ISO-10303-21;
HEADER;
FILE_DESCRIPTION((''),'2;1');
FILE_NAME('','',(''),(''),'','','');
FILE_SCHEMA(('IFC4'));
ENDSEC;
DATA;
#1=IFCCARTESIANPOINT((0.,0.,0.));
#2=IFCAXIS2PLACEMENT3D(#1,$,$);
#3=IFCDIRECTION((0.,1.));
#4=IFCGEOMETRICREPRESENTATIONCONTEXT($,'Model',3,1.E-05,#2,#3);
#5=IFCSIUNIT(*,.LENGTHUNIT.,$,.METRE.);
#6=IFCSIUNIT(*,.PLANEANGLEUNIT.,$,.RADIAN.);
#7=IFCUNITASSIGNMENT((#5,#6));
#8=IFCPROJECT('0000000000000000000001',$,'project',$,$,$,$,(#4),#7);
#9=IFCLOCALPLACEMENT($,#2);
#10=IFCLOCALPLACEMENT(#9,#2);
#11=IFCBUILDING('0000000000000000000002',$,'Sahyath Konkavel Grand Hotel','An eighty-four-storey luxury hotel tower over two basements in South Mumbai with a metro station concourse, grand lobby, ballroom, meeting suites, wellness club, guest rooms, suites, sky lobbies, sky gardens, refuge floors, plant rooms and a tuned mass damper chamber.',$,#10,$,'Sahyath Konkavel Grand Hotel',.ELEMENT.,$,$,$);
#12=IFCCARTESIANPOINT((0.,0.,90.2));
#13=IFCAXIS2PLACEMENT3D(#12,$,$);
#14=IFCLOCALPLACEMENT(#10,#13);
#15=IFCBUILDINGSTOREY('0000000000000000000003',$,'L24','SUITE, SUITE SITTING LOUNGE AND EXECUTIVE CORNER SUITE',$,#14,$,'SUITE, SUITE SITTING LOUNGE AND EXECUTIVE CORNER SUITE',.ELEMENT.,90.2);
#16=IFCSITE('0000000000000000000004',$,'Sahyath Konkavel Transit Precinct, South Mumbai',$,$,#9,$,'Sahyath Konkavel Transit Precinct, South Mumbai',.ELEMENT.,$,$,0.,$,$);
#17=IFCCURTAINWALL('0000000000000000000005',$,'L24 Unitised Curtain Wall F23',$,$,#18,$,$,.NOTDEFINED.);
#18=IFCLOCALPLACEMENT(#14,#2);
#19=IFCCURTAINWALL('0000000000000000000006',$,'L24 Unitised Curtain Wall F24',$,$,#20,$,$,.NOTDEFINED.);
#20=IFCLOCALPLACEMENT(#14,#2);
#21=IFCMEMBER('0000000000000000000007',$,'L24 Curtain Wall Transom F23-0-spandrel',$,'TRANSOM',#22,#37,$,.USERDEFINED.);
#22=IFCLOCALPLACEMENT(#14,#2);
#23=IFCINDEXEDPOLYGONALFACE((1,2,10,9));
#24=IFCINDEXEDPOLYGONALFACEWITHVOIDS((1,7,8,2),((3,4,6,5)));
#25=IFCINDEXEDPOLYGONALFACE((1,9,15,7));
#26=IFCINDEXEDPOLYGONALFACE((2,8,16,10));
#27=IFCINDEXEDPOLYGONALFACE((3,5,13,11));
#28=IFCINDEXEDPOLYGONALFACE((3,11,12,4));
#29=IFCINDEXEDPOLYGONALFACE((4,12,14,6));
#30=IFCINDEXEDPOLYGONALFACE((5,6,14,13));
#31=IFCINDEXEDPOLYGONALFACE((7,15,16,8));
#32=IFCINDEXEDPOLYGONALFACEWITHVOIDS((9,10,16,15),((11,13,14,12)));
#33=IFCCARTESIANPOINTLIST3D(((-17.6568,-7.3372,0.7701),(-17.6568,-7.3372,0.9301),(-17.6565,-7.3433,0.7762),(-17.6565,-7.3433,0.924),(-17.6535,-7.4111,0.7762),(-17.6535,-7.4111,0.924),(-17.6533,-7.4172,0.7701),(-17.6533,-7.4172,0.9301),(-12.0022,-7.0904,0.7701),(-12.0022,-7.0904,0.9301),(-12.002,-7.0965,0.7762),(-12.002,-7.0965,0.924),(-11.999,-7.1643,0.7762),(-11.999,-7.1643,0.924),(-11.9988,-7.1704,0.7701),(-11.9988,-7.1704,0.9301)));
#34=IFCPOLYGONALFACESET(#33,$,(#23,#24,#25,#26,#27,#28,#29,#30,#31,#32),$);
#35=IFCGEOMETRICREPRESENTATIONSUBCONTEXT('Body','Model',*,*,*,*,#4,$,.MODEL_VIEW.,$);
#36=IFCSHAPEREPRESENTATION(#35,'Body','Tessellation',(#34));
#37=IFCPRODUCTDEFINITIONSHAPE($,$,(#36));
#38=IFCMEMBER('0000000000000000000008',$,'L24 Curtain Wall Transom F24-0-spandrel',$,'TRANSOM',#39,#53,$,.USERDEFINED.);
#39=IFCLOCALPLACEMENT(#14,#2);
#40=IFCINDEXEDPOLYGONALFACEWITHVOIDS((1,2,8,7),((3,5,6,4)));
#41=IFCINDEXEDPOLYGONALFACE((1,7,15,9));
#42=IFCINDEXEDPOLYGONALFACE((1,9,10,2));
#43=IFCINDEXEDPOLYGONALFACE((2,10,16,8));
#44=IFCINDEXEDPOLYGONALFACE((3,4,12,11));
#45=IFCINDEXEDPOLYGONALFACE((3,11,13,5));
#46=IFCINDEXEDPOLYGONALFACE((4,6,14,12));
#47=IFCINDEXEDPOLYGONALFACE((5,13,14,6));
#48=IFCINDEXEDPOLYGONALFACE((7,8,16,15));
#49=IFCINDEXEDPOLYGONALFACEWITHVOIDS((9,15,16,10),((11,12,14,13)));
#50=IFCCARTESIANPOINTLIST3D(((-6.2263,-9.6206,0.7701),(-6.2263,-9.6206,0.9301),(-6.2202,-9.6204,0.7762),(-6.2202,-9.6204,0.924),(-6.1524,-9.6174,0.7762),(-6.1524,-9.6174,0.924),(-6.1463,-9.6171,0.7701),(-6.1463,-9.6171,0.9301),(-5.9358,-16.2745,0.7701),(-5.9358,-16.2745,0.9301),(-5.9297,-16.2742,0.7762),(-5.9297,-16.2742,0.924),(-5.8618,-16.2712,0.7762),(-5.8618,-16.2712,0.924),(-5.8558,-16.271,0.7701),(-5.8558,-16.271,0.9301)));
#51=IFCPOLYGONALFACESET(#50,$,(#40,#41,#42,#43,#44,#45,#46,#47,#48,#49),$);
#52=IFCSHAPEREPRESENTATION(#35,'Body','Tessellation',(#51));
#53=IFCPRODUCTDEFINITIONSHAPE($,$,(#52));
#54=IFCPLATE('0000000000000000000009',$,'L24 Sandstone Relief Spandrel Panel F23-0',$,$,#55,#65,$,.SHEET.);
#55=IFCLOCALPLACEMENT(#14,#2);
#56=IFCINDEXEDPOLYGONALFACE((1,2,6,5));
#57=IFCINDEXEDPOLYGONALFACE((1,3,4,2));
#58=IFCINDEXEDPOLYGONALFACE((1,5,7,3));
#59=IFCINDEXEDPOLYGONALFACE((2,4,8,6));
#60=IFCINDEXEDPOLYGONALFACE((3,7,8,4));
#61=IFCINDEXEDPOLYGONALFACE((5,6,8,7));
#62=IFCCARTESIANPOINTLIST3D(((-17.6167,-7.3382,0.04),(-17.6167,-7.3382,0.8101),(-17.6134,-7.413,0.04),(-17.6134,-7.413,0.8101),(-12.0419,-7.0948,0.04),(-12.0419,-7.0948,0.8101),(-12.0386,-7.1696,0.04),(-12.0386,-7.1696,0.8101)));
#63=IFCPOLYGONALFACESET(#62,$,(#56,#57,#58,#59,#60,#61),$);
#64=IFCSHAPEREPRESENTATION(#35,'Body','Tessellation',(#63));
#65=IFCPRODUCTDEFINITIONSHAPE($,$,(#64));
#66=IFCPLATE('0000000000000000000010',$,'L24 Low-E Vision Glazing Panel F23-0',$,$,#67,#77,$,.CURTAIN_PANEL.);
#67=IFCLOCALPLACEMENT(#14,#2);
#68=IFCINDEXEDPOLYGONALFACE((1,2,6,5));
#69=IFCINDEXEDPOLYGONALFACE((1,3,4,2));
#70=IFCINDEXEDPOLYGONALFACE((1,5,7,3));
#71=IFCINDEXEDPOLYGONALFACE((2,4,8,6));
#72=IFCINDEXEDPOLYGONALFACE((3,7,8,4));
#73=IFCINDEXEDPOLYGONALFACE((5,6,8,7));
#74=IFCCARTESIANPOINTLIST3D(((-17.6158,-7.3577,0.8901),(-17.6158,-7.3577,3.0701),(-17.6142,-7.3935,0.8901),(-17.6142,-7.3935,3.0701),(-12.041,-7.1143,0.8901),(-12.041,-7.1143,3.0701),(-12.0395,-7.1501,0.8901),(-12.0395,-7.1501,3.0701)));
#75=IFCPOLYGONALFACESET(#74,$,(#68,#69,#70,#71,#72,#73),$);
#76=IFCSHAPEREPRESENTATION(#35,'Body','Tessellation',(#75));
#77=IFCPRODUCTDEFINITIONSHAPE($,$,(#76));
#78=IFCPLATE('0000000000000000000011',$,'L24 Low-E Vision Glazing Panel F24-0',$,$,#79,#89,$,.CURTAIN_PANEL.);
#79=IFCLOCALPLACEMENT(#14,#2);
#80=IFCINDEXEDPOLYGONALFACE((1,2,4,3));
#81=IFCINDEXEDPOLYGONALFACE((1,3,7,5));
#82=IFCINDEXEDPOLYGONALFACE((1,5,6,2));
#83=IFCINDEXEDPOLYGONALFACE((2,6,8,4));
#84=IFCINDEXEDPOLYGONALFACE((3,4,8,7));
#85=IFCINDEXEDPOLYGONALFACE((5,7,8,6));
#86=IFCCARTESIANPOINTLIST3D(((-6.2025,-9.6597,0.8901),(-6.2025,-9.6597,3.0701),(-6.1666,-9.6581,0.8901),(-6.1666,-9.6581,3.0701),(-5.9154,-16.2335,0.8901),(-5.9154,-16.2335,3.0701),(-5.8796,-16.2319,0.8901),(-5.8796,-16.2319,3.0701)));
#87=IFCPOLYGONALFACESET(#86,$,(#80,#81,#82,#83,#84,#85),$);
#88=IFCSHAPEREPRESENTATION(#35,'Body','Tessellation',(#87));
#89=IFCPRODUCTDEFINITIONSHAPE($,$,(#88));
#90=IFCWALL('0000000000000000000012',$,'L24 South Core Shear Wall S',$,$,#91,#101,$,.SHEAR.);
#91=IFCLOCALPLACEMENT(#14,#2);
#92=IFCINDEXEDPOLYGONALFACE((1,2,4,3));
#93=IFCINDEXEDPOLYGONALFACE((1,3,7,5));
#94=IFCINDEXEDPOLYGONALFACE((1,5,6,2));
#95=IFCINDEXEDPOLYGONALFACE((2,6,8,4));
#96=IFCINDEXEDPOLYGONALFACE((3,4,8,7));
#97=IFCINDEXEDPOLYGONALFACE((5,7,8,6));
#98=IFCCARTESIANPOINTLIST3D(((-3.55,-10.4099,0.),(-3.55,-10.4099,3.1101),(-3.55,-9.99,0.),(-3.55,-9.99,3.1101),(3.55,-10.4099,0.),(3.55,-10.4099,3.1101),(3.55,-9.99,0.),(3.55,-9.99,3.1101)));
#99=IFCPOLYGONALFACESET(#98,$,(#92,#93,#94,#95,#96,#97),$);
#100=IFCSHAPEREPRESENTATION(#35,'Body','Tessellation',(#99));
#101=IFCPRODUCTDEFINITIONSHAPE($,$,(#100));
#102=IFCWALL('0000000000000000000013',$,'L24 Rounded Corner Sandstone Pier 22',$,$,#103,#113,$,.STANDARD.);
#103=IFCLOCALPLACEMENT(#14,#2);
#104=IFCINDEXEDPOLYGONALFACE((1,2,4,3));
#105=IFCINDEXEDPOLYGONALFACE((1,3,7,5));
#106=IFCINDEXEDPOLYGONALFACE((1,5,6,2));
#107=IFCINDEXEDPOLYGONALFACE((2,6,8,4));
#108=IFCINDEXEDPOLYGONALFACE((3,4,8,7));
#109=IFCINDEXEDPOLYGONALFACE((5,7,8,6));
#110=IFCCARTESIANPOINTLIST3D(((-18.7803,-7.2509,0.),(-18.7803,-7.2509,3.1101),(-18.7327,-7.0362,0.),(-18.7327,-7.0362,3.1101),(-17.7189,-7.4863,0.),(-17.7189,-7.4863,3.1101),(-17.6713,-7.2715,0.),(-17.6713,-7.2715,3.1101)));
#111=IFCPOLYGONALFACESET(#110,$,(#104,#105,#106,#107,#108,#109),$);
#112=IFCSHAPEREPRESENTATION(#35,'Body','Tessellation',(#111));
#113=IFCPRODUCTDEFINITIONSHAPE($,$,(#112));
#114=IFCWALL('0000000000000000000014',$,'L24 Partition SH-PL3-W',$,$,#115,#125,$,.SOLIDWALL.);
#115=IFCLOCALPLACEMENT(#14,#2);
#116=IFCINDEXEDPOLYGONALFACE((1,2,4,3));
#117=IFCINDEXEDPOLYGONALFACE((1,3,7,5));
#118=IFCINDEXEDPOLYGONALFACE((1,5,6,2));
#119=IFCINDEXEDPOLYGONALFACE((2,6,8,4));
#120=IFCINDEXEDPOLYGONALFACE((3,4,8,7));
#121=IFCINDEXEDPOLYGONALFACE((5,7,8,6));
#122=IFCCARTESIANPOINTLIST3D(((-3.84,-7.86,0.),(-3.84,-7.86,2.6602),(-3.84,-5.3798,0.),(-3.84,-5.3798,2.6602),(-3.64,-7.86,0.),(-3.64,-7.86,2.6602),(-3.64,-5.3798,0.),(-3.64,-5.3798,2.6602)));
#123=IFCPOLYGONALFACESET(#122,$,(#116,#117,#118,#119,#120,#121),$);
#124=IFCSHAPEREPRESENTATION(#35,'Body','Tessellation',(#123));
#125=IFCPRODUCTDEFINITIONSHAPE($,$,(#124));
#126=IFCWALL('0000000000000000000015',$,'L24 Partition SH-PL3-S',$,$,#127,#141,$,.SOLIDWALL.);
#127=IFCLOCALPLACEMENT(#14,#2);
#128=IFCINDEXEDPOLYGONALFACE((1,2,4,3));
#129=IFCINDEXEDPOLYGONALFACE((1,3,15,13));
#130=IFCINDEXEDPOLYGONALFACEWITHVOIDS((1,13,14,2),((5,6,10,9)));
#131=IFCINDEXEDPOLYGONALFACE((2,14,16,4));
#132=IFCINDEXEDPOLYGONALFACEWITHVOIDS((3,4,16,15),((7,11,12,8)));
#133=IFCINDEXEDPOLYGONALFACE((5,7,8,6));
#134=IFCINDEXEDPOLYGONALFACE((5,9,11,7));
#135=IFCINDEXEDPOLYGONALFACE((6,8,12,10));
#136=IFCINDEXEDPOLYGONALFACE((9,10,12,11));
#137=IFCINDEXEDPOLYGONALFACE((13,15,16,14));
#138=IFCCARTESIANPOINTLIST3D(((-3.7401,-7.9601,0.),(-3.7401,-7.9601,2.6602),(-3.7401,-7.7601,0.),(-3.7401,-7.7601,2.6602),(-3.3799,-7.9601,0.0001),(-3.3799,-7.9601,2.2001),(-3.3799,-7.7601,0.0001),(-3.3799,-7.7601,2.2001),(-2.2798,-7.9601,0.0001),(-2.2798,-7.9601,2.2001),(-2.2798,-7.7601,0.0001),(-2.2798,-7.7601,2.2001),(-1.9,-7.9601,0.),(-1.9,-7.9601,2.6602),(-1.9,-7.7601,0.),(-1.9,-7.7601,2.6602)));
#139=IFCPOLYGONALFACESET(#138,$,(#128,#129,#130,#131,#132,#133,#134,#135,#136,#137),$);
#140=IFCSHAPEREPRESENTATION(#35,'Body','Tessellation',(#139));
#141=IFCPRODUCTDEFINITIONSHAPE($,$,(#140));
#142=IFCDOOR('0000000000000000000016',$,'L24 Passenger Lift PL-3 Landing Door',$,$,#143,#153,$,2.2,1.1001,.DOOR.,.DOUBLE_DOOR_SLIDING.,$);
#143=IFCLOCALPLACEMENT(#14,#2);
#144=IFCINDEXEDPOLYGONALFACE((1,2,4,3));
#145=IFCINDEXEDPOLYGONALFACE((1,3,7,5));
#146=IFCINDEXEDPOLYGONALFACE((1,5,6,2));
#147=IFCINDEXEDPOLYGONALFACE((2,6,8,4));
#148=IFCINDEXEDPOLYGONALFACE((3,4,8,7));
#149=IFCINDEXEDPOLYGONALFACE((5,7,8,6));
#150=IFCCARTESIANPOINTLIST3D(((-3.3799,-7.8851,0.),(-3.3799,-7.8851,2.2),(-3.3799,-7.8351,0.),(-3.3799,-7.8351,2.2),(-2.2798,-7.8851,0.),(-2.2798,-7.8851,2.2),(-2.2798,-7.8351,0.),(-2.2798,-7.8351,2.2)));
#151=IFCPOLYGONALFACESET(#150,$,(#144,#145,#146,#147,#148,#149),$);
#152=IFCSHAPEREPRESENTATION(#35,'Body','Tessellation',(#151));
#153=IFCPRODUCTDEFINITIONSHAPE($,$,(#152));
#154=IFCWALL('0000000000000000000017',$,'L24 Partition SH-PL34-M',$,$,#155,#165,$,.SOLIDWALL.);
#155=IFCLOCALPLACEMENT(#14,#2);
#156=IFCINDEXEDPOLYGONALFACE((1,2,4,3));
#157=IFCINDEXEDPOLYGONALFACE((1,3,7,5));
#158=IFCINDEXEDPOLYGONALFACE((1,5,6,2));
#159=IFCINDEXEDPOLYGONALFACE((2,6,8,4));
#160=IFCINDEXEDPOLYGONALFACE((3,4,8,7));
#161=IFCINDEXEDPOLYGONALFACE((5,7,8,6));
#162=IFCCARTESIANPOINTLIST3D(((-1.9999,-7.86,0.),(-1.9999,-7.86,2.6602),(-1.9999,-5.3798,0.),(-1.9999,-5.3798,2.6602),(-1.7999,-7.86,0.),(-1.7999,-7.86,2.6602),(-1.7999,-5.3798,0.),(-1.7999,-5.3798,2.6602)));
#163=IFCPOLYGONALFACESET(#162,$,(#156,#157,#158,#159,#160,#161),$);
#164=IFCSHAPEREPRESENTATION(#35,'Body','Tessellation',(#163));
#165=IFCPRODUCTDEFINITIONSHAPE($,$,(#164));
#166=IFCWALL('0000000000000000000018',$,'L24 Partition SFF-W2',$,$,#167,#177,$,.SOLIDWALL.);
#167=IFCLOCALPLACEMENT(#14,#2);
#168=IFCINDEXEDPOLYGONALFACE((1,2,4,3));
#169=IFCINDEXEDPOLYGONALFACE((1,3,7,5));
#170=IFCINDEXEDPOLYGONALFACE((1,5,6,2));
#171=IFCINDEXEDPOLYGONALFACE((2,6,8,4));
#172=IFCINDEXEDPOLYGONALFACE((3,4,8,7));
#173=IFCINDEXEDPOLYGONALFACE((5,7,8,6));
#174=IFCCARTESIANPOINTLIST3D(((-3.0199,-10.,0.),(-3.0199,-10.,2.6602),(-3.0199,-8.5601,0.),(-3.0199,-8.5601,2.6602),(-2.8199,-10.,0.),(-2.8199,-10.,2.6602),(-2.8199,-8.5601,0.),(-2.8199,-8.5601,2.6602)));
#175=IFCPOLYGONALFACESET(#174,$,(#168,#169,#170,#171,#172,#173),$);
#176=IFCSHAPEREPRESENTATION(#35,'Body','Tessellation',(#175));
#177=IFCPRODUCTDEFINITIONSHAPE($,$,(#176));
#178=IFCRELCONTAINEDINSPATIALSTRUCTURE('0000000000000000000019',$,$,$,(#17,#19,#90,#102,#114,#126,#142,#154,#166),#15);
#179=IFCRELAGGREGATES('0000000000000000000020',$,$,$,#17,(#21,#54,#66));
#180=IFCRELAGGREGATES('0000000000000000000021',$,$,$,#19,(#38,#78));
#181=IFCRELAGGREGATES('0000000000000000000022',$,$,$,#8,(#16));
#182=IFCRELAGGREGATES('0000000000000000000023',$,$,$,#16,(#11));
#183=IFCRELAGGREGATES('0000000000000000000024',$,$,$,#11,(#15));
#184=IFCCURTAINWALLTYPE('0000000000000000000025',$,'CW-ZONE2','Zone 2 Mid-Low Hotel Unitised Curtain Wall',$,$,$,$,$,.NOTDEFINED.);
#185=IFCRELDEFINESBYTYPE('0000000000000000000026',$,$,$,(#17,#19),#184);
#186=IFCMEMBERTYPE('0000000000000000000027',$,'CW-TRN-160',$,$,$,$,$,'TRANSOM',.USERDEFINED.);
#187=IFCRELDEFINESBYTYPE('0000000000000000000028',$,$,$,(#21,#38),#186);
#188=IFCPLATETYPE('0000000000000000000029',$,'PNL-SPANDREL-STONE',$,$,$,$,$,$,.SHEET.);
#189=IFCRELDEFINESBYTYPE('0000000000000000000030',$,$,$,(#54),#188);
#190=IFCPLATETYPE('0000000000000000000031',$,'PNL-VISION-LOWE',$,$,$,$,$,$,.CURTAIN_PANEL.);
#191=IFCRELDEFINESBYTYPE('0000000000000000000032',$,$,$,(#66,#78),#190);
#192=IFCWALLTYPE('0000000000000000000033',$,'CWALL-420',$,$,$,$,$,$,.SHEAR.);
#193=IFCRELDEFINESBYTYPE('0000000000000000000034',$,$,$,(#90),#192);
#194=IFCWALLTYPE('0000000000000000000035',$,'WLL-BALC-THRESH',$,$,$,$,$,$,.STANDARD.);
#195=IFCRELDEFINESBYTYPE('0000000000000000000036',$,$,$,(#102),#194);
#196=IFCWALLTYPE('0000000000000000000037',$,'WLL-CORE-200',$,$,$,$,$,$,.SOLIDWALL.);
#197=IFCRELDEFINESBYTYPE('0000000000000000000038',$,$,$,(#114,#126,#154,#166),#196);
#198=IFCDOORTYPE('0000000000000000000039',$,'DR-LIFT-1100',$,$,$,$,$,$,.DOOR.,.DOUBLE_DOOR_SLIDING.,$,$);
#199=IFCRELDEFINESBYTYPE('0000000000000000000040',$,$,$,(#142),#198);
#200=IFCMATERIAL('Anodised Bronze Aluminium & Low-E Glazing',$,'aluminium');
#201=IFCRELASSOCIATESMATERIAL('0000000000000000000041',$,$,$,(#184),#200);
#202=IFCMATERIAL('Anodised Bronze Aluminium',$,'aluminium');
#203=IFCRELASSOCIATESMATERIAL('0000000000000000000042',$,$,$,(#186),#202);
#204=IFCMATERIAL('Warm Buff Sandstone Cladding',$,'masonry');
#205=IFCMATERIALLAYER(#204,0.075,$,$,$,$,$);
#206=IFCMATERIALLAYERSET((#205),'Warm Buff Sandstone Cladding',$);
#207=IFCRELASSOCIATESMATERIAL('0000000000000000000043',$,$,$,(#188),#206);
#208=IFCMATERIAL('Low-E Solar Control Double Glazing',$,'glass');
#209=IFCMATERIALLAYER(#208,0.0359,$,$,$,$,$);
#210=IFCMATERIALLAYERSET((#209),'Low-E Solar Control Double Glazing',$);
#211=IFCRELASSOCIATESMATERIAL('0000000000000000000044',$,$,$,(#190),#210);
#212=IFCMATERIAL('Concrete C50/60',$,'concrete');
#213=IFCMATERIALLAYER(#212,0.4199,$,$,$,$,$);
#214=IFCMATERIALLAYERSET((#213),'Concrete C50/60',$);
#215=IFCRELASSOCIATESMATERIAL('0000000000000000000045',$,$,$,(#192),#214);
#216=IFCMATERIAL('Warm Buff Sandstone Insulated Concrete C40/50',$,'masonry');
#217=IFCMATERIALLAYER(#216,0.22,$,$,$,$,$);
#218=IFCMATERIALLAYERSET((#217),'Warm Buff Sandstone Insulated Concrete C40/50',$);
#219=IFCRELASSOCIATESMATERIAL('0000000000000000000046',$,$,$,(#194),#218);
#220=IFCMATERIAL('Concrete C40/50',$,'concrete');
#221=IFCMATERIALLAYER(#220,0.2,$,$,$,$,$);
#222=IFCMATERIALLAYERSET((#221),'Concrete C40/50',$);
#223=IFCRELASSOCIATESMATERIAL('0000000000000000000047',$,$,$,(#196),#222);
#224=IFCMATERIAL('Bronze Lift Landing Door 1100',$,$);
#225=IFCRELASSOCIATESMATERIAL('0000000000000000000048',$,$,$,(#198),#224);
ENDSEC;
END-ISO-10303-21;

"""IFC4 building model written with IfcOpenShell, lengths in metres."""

from ifc_helpers import new_model, si_unit, direction, frame, frame_2d, origin, origin_2d, place, context, subcontext, project, spatial, rectangle, hollow_rectangle, extrude, source, transform, mapped, material, layer, layer_set, material_profile, profile_set, type_object, element, fill, aggregate, save


model = new_model("IFC4")

# Units and contexts
model_context = context("Model", 3, precision=1e-05, world=origin(), true_north=direction((0.0, 1.0)))
body_context = subcontext(model_context, "Body", "Model", "MODEL_VIEW")
ifc_project = project(units=[si_unit("LENGTHUNIT", "METRE"), si_unit("PLANEANGLEUNIT", "RADIAN")], contexts=[model_context])

# Site, building, storey
site_placement = place(None, origin())
site = spatial("IfcSite", under=ifc_project, at=site_placement, Name="Sahyath Konkavel Transit Precinct, South Mumbai", LongName="Sahyath Konkavel Transit Precinct, South Mumbai", CompositionType="ELEMENT", RefElevation=0.0)
building_placement = place(site_placement, origin())
building = spatial("IfcBuilding", under=site, at=building_placement, Name="Sahyath Konkavel Grand Hotel", Description="An eighty-four-storey luxury hotel tower over two basements in South Mumbai with a metro station concourse, grand lobby, ballroom, meeting suites, wellness club, guest rooms, suites, sky lobbies, sky gardens, refuge floors, plant rooms and a tuned mass damper chamber.", LongName="Sahyath Konkavel Grand Hotel", CompositionType="ELEMENT")
storey_placement = place(building_placement, frame((0.0, 0.0, 90.2)))
storey = spatial("IfcBuildingStorey", under=building, at=storey_placement, Name="L24", Description="SUITE, SUITE SITTING LOUNGE AND EXECUTIVE CORNER SUITE", LongName="SUITE, SUITE SITTING LOUNGE AND EXECUTIVE CORNER SUITE", CompositionType="ELEMENT", Elevation=90.2)

# Curtain wall
ifc_material_1 = material(Name="Anodised Bronze Aluminium & Low-E Glazing", Category="aluminium")
curtain_wall_type = type_object("IfcCurtainWallType", Name="CW-ZONE2", Description="Zone 2 Mid-Low Hotel Unitised Curtain Wall", PredefinedType="NOTDEFINED", material=ifc_material_1)
curtain_wall_1_placement = place(storey_placement, origin())
curtain_wall_1 = element("IfcCurtainWall", 1, at=curtain_wall_1_placement, inside=storey, type_object=curtain_wall_type, Name="L24 Unitised Curtain Wall F23", PredefinedType="NOTDEFINED")
ifc_material_2 = material(Name="Anodised Bronze Aluminium", Category="aluminium")

# Curtain wall
curtain_wall_2_placement = place(storey_placement, origin())
curtain_wall_2 = element("IfcCurtainWall", 2, at=curtain_wall_2_placement, inside=storey, type_object=curtain_wall_type, Name="L24 Unitised Curtain Wall F24", PredefinedType="NOTDEFINED")

# Members
ifc_material_profile_1 = material_profile(ifc_material_2, hollow_rectangle(XDim=0.0801, YDim=0.1599, WallThickness=0.0061, at=origin_2d()), Name="RHS 160x80x6")
ifc_profile_set_1 = profile_set([ifc_material_profile_1], Name="Anodised Bronze Aluminium")
member_type_1 = type_object("IfcMemberType", Name="CW-TRN-160", ElementType="TRANSOM", PredefinedType="USERDEFINED", material=ifc_profile_set_1)
shared_shape_1 = source(origin(), body_context, "Body", "SweptSolid", [
    extrude(hollow_rectangle(XDim=0.0801, YDim=0.1599, WallThickness=0.0061, at=origin_2d()), origin(), (0.0, 0.0, 1.0), 5.6599),
])
member_1_placement = place(storey_placement, frame((-17.655, -7.3772, 0.8501), z_axis=(0.999049, 0.043609, 0.0), x_axis=(-0.043609, 0.999049, 0.0)))
member_1 = element("IfcMember", 3, at=member_1_placement, type_object=member_type_1, Name="L24 Curtain Wall Transom F23-0-spandrel", ObjectType="TRANSOM", PredefinedType="USERDEFINED", context=body_context, shape_type="MappedRepresentation", body=[
    mapped(shared_shape_1, transform((0.0, 0.0, 0.0), scale=1.0)),
])
shared_shape_2 = source(origin(), body_context, "Body", "SweptSolid", [
    extrude(hollow_rectangle(XDim=0.0801, YDim=0.1599, WallThickness=0.0061, at=origin_2d()), origin(), (0.0, 0.0, 1.0), 6.6602),
])
member_2_placement = place(storey_placement, frame((-6.1863, -9.6189, 0.8501), z_axis=(0.043622, -0.999048, 0.0), x_axis=(0.999048, 0.043622, 0.0)))
member_2 = element("IfcMember", 4, at=member_2_placement, type_object=member_type_1, Name="L24 Curtain Wall Transom F24-0-spandrel", ObjectType="TRANSOM", PredefinedType="USERDEFINED", context=body_context, shape_type="MappedRepresentation", body=[
    mapped(shared_shape_2, transform((0.0, 0.0, 0.0), scale=1.0)),
])

# Plates
ifc_material_3 = material(Name="Warm Buff Sandstone Cladding", Category="masonry")
ifc_layer_1 = layer(ifc_material_3, 0.075)
ifc_layer_set_1 = layer_set([ifc_layer_1], Name="Warm Buff Sandstone Cladding")
plate_type_1 = type_object("IfcPlateType", Name="PNL-SPANDREL-STONE", PredefinedType="SHEET", material=ifc_layer_set_1)
shared_shape_3 = source(origin(), body_context, "Body", "SweptSolid", [
    extrude(rectangle(XDim=5.5801, YDim=0.075, at=origin_2d()), origin(), (0.0, 0.0, 1.0), 0.77),
])
plate_1_placement = place(storey_placement, frame((-14.8276, -7.2539, 0.04), z_axis=(0.0, 0.0, 1.0), x_axis=(0.999048, 0.043619, 0.0)))
plate_1 = element("IfcPlate", 5, at=plate_1_placement, type_object=plate_type_1, Name="L24 Sandstone Relief Spandrel Panel F23-0", PredefinedType="SHEET", context=body_context, shape_type="MappedRepresentation", body=[
    mapped(shared_shape_3, transform((0.0, 0.0, 0.0), scale=1.0)),
])
ifc_material_4 = material(Name="Low-E Solar Control Double Glazing", Category="glass")
ifc_layer_2 = layer(ifc_material_4, 0.0359)
ifc_layer_set_2 = layer_set([ifc_layer_2], Name="Low-E Solar Control Double Glazing")
plate_type_2 = type_object("IfcPlateType", Name="PNL-VISION-LOWE", PredefinedType="CURTAIN_PANEL", material=ifc_layer_set_2)
shared_shape_4 = source(origin(), body_context, "Body", "SweptSolid", [
    extrude(rectangle(XDim=5.5801, YDim=0.0359, at=origin_2d()), origin(), (0.0, 0.0, 1.0), 2.1799),
])
plate_2_placement = place(storey_placement, frame((-14.8276, -7.2539, 0.8901), z_axis=(0.0, 0.0, 1.0), x_axis=(0.999048, 0.043619, 0.0)))
plate_2 = element("IfcPlate", 6, at=plate_2_placement, type_object=plate_type_2, Name="L24 Low-E Vision Glazing Panel F23-0", PredefinedType="CURTAIN_PANEL", context=body_context, shape_type="MappedRepresentation", body=[
    mapped(shared_shape_4, transform((0.0, 0.0, 0.0), scale=1.0)),
])
aggregate(curtain_wall_1, [member_1, plate_1, plate_2])
shared_shape_5 = source(origin(), body_context, "Body", "SweptSolid", [
    extrude(rectangle(XDim=6.5801, YDim=0.0359, at=origin_2d()), origin(), (0.0, 0.0, 1.0), 2.1799),
])
plate_3_placement = place(storey_placement, frame((-6.041, -12.9458, 0.8901), z_axis=(0.0, 0.0, 1.0), x_axis=(0.043619, -0.999048, 0.0)))
plate_3 = element("IfcPlate", 7, at=plate_3_placement, type_object=plate_type_2, Name="L24 Low-E Vision Glazing Panel F24-0", PredefinedType="CURTAIN_PANEL", context=body_context, shape_type="MappedRepresentation", body=[
    mapped(shared_shape_5, transform((0.0, 0.0, 0.0), scale=1.0)),
])
aggregate(curtain_wall_2, [member_2, plate_3])

# Walls
ifc_material_5 = material(Name="Concrete C50/60", Category="concrete")
ifc_layer_3 = layer(ifc_material_5, 0.4199)
ifc_layer_set_3 = layer_set([ifc_layer_3], Name="Concrete C50/60")
wall_type_1 = type_object("IfcWallType", Name="CWALL-420", PredefinedType="SHEAR", material=ifc_layer_set_3)
wall_1_placement = place(storey_placement, frame((-3.55, -10.2, 0.0), z_axis=(0.0, 0.0, 1.0), x_axis=(1.0, 0.0, 0.0)))
element("IfcWall", 8, at=wall_1_placement, inside=storey, type_object=wall_type_1, Name="L24 South Core Shear Wall S", PredefinedType="SHEAR", context=body_context, shape_type="SweptSolid", body=[
    extrude(rectangle(XDim=7.1001, YDim=0.4199, at=frame_2d((3.55, 0.0))), origin(), (0.0, 0.0, 1.0), 3.1101),
])
ifc_material_6 = material(Name="Warm Buff Sandstone Insulated Concrete C40/50", Category="masonry")
ifc_layer_4 = layer(ifc_material_6, 0.22)
ifc_layer_set_4 = layer_set([ifc_layer_4], Name="Warm Buff Sandstone Insulated Concrete C40/50")
wall_type_2 = type_object("IfcWallType", Name="WLL-BALC-THRESH", PredefinedType="STANDARD", material=ifc_layer_set_4)
wall_2_placement = place(storey_placement, frame((-18.7563, -7.1436, 0.0), z_axis=(0.0, 0.0, 1.0), x_axis=(0.976282, -0.216502, 0.0)))
element("IfcWall", 9, at=wall_2_placement, inside=storey, type_object=wall_type_2, Name="L24 Rounded Corner Sandstone Pier 22", PredefinedType="STANDARD", context=body_context, shape_type="SweptSolid", body=[
    extrude(rectangle(XDim=1.0872, YDim=0.22, at=frame_2d((0.5435, 0.0))), origin(), (0.0, 0.0, 1.0), 3.1101),
])
ifc_material_7 = material(Name="Concrete C40/50", Category="concrete")
ifc_layer_5 = layer(ifc_material_7, 0.2)
ifc_layer_set_5 = layer_set([ifc_layer_5], Name="Concrete C40/50")
wall_type_3 = type_object("IfcWallType", Name="WLL-CORE-200", PredefinedType="SOLIDWALL", material=ifc_layer_set_5)
wall_3_placement = place(storey_placement, frame((-3.74, -7.8601, 0.0), z_axis=(0.0, 0.0, 1.0), x_axis=(0.0, 1.0, 0.0)))
element("IfcWall", 10, at=wall_3_placement, inside=storey, type_object=wall_type_3, Name="L24 Partition SH-PL3-W", PredefinedType="SOLIDWALL", context=body_context, shape_type="SweptSolid", body=[
    extrude(rectangle(XDim=2.4802, YDim=0.2, at=frame_2d((1.2402, 0.0))), origin(), (0.0, 0.0, 1.0), 2.6602),
])

# Wall, opening, door
wall_4_placement = place(storey_placement, frame((-3.74, -7.8601, 0.0), z_axis=(0.0, 0.0, 1.0), x_axis=(1.0, 0.0, 0.0)))
wall_4 = element("IfcWall", 11, at=wall_4_placement, inside=storey, type_object=wall_type_3, Name="L24 Partition SH-PL3-S", PredefinedType="SOLIDWALL", context=body_context, shape_type="SweptSolid", body=[
    extrude(rectangle(XDim=1.8401, YDim=0.2, at=frame_2d((0.9199, 0.0))), origin(), (0.0, 0.0, 1.0), 2.6602),
])
opening_1_placement = place(wall_4_placement, frame((0.3601, 0.0, 0.0)))
opening_1 = element("IfcOpeningElement", 12, at=opening_1_placement, cuts=wall_4, PredefinedType="OPENING", context=body_context, shape_type="SweptSolid", body=[
    extrude(rectangle(XDim=1.1001, YDim=2.2, at=frame_2d((0.55, 1.1001))), frame((0.0, 0.1099, 0.0), z_axis=(0.0, -1.0, 0.0), x_axis=(1.0, 0.0, 0.0)), (0.0, 0.0, 1.0), 0.22),
])
ifc_material_8 = material(Name="Bronze Lift Landing Door 1100")
door_type_1 = type_object("IfcDoorType", Name="DR-LIFT-1100", OperationType="DOUBLE_DOOR_SLIDING", PredefinedType="DOOR", material=ifc_material_8)
shared_shape_6 = source(origin(), body_context, "Body", "SweptSolid", [
    extrude(rectangle(XDim=1.1001, YDim=0.05, at=origin_2d()), origin(), (0.0, 0.0, 1.0), 2.2),
])
door_1_placement = place(opening_1_placement, frame((0.55, 0.0, 0.0)))
door_1 = element("IfcDoor", 13, at=door_1_placement, inside=storey, type_object=door_type_1, Name="L24 Passenger Lift PL-3 Landing Door", OperationType="DOUBLE_DOOR_SLIDING", OverallHeight=2.2, OverallWidth=1.1001, PredefinedType="DOOR", context=body_context, shape_type="MappedRepresentation", body=[
    mapped(shared_shape_6, transform((0.0, 0.0, 0.0), scale=1.0)),
])
fill(opening_1, door_1)

# Wall
wall_5_placement = place(storey_placement, frame((-1.8999, -7.8601, 0.0), z_axis=(0.0, 0.0, 1.0), x_axis=(0.0, 1.0, 0.0)))
element("IfcWall", 14, at=wall_5_placement, inside=storey, type_object=wall_type_3, Name="L24 Partition SH-PL34-M", PredefinedType="SOLIDWALL", context=body_context, shape_type="SweptSolid", body=[
    extrude(rectangle(XDim=2.4802, YDim=0.2, at=frame_2d((1.2402, 0.0))), origin(), (0.0, 0.0, 1.0), 2.6602),
])

# Wall
wall_6_placement = place(storey_placement, frame((-2.9199, -10.0, 0.0), z_axis=(0.0, 0.0, 1.0), x_axis=(0.0, 1.0, 0.0)))
element("IfcWall", 15, at=wall_6_placement, inside=storey, type_object=wall_type_3, Name="L24 Partition SFF-W2", PredefinedType="SOLIDWALL", context=body_context, shape_type="SweptSolid", body=[
    extrude(rectangle(XDim=1.4399, YDim=0.2, at=frame_2d((0.72, 0.0))), origin(), (0.0, 0.0, 1.0), 2.6602),
])

save(model, "model.ifc")
